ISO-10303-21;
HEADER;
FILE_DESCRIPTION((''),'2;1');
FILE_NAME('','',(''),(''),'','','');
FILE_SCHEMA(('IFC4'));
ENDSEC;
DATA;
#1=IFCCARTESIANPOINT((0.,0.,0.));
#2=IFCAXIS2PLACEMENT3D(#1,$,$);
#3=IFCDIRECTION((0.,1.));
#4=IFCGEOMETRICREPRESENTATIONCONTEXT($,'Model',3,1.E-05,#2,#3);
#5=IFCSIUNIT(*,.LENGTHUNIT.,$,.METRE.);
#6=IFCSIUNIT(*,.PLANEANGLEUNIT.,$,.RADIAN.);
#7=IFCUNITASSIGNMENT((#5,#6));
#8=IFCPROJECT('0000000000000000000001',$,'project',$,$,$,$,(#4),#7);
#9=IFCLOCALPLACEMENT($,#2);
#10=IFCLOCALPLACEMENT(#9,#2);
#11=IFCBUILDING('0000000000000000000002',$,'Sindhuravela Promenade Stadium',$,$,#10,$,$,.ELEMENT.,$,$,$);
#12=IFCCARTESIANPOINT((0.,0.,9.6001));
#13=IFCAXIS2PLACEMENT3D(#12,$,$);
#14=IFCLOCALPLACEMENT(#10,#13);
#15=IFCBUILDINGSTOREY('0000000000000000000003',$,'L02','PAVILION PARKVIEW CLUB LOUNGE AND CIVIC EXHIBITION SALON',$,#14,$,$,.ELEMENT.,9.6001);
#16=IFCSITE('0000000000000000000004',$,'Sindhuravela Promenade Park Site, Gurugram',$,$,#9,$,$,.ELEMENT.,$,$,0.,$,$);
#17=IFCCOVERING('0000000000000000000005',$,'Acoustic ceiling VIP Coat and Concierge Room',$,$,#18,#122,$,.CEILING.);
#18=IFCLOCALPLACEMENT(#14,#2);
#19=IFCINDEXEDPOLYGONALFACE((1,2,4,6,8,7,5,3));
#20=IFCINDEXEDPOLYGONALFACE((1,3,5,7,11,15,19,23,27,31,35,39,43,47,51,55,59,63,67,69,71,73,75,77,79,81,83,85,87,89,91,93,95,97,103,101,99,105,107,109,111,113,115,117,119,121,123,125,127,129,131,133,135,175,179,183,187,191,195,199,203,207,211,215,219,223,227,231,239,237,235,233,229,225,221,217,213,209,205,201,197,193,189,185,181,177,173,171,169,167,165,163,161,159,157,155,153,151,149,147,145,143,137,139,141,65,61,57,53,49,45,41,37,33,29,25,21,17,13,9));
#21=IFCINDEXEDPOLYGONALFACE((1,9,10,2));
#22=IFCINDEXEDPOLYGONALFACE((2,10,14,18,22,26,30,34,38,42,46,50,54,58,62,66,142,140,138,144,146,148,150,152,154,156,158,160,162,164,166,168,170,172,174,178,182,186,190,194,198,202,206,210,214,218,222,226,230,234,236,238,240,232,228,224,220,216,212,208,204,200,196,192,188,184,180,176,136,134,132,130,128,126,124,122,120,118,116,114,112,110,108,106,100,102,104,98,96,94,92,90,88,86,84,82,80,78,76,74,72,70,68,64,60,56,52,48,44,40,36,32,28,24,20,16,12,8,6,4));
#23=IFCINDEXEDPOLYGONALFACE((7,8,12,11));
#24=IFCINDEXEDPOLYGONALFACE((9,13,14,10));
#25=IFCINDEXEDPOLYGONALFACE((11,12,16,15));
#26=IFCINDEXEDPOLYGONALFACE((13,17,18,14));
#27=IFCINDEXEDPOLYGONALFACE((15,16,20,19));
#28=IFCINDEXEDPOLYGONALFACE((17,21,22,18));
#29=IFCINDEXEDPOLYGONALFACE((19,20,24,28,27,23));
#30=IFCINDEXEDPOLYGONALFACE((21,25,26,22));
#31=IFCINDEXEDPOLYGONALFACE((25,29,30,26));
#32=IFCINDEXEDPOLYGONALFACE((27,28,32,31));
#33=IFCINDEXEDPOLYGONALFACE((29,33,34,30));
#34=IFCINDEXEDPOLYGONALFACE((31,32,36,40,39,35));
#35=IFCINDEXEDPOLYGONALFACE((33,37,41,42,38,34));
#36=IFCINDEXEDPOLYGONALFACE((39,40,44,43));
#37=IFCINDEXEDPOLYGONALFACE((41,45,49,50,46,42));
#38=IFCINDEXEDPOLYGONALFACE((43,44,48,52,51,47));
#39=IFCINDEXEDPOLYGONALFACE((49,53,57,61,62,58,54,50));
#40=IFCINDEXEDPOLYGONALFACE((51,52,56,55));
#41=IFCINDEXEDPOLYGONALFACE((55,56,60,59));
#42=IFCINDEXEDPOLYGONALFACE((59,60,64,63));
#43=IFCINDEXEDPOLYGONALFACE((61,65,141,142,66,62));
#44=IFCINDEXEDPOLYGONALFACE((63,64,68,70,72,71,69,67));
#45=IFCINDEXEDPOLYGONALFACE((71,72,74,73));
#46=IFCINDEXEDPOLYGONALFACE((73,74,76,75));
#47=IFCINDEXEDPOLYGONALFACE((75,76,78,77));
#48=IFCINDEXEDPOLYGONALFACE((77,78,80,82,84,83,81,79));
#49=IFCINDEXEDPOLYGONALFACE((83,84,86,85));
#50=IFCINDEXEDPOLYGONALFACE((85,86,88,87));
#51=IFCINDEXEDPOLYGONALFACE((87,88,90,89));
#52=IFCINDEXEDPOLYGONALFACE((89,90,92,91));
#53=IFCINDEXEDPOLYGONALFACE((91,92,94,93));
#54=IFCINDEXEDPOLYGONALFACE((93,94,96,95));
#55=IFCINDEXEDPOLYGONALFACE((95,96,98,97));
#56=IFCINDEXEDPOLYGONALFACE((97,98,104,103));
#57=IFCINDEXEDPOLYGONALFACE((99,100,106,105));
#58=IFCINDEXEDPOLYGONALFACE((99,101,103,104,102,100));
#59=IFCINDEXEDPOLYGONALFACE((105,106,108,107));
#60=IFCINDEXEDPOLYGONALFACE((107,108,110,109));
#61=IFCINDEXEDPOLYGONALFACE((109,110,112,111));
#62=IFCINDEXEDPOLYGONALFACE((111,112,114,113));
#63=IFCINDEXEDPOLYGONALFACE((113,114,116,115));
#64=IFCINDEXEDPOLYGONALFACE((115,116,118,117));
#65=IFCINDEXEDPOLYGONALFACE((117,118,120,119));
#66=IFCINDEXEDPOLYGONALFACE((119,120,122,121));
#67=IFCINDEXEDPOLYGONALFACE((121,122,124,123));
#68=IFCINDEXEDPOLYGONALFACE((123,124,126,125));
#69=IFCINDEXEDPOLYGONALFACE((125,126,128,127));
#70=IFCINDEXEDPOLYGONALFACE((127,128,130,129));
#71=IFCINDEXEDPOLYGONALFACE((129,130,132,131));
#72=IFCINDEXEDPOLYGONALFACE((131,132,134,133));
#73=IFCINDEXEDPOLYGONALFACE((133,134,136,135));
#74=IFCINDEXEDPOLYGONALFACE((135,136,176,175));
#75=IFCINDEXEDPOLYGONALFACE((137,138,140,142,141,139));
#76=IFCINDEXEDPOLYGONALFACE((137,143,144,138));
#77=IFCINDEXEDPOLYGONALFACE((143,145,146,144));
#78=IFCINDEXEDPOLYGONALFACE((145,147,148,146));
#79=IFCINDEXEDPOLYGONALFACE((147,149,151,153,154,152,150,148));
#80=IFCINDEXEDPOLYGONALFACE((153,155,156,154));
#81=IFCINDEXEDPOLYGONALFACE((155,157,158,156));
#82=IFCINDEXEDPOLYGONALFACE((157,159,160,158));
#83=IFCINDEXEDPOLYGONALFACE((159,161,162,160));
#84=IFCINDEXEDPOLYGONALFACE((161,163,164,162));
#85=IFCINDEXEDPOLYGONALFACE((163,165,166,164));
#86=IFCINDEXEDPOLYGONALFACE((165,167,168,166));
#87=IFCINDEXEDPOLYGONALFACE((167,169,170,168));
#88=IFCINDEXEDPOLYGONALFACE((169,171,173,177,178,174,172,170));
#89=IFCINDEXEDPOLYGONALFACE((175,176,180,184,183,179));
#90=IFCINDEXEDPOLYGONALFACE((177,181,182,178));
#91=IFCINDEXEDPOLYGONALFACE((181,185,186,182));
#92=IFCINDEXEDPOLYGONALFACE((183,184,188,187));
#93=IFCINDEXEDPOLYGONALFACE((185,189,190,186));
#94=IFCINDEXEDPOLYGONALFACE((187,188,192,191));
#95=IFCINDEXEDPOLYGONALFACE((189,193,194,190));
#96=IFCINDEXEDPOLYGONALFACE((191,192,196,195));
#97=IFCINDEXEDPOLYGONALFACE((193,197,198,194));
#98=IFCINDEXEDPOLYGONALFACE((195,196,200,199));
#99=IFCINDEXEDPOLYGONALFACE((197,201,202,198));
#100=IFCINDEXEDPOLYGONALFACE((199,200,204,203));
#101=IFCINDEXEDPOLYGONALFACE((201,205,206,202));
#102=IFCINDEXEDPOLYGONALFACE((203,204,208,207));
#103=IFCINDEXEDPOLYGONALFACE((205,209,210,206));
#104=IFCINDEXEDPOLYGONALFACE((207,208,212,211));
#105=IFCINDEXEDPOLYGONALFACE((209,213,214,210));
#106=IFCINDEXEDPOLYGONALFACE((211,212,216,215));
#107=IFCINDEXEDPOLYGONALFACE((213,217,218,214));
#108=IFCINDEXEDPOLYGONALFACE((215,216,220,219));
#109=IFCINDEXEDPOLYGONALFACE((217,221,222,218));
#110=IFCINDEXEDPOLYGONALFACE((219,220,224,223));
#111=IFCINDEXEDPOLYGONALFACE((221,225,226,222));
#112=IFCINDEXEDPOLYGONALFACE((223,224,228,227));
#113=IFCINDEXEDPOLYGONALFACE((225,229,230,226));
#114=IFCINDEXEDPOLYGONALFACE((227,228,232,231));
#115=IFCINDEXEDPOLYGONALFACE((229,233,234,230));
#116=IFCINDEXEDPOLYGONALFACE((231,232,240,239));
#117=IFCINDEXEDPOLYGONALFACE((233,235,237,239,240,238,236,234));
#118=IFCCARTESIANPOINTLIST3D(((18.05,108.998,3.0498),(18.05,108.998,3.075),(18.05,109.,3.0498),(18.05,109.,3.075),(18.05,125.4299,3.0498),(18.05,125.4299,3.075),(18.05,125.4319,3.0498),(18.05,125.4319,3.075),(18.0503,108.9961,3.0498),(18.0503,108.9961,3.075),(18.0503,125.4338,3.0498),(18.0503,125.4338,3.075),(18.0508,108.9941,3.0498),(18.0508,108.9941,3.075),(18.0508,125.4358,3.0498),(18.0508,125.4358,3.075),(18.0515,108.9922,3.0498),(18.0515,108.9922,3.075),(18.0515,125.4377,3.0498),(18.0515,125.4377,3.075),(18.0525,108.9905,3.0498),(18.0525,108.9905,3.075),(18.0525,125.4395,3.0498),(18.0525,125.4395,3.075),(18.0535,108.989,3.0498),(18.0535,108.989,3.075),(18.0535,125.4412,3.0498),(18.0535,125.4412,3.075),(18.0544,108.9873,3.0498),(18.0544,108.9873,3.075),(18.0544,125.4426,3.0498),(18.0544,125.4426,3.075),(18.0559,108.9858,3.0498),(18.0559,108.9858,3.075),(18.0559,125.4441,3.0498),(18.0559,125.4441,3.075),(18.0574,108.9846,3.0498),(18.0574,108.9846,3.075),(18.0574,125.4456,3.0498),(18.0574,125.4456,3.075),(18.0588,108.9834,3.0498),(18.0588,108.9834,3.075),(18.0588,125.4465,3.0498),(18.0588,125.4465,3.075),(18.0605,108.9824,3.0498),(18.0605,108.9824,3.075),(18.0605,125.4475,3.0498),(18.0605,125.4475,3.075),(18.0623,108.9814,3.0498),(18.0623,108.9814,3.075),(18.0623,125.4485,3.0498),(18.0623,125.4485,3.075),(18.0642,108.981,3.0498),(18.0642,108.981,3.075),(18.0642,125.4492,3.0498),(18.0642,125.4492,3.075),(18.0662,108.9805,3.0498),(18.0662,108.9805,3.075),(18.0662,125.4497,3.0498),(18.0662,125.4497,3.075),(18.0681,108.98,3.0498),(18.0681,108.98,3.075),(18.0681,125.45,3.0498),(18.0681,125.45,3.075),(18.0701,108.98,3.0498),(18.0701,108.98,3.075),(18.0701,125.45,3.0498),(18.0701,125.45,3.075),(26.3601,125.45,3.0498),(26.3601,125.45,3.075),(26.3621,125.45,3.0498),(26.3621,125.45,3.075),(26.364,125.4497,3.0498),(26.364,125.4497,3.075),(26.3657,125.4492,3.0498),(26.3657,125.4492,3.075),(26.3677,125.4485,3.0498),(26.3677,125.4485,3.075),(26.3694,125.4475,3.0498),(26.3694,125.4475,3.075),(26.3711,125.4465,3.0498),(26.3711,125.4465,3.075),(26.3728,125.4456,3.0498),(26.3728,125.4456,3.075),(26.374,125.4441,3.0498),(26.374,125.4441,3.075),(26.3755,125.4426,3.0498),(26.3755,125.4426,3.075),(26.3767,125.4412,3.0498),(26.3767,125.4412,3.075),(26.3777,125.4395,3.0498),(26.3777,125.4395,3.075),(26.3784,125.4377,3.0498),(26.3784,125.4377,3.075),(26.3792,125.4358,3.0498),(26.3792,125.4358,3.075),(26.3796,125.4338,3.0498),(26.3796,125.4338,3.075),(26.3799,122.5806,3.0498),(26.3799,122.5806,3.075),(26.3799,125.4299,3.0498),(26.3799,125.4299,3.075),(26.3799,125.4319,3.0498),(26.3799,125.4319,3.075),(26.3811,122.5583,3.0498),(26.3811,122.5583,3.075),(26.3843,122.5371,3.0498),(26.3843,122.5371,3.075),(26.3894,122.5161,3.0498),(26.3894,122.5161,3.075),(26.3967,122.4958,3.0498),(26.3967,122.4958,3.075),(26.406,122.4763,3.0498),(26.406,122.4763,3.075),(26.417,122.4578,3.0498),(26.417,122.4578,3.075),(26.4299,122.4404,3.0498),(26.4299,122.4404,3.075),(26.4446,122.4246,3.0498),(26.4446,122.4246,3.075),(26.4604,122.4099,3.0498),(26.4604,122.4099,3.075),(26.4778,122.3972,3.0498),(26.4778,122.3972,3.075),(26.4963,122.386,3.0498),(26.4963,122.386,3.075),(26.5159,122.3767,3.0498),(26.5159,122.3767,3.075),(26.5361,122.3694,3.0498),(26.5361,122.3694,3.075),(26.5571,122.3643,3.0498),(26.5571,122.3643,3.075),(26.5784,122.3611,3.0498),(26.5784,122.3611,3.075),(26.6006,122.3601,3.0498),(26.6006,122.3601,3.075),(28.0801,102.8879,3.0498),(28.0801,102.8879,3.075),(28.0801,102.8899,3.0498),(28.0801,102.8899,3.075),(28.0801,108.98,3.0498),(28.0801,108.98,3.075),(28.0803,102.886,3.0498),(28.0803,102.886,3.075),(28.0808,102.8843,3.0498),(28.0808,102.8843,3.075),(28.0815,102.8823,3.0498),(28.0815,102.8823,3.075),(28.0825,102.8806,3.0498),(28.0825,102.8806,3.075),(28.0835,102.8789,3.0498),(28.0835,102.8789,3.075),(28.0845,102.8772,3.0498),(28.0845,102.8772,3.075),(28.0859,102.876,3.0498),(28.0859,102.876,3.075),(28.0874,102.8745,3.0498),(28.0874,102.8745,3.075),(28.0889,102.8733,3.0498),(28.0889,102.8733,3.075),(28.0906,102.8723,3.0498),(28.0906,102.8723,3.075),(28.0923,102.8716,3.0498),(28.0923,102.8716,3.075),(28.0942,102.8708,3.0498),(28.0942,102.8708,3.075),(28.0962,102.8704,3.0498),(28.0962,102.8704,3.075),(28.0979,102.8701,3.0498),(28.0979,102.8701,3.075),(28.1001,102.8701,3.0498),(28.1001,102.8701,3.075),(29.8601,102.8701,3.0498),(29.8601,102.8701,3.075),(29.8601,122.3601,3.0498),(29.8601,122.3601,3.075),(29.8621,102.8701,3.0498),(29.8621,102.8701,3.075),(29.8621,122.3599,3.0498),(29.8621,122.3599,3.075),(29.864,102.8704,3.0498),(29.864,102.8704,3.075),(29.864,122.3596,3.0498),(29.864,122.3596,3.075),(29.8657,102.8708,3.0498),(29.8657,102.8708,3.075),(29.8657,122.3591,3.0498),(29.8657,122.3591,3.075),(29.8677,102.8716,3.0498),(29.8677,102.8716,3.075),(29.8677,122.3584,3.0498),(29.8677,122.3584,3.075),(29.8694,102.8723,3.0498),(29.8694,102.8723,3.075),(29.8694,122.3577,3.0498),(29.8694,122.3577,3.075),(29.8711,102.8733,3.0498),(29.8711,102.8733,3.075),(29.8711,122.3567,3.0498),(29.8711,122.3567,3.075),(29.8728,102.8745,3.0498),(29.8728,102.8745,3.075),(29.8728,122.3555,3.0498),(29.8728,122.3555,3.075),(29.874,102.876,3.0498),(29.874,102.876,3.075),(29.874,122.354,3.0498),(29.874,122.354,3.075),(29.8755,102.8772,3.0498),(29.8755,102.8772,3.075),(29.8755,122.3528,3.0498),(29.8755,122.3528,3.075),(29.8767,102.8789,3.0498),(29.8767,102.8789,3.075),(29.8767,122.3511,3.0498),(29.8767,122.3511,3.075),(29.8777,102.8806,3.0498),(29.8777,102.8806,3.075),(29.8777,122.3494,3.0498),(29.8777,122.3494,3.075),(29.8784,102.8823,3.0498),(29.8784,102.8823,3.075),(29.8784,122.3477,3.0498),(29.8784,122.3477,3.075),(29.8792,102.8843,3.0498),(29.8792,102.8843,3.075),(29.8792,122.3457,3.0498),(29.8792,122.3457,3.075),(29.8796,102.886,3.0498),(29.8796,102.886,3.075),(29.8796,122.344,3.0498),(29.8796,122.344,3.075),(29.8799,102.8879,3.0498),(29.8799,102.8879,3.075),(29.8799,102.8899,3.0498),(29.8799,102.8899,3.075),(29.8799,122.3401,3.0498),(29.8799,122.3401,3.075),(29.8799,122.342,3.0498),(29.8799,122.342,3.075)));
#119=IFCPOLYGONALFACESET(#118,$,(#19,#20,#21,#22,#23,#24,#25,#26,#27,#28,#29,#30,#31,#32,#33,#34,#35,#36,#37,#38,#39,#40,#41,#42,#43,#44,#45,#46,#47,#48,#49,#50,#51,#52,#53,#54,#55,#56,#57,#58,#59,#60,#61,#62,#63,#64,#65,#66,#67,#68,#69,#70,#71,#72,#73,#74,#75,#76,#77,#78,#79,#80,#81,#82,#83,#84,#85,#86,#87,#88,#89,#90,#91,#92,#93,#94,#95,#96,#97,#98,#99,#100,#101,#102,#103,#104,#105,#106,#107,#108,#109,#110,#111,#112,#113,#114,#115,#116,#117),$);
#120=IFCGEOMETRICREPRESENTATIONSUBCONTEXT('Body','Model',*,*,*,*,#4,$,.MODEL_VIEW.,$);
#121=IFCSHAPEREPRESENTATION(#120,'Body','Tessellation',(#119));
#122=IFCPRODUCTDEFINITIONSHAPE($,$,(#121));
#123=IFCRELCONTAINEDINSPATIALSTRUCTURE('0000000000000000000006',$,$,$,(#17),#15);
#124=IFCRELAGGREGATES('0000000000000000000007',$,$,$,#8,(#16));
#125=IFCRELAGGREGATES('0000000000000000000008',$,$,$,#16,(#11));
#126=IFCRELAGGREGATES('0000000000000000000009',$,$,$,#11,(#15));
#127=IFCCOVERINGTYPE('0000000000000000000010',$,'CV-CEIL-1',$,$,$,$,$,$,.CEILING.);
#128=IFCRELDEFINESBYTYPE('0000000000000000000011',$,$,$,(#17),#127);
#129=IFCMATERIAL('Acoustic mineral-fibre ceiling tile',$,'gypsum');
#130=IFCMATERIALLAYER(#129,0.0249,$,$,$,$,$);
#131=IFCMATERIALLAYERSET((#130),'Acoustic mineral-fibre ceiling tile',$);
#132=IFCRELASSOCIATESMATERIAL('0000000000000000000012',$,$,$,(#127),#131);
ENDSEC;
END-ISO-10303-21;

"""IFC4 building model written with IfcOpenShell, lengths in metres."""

from ifc_helpers import new_model, si_unit, direction, frame, origin, place, context, subcontext, project, spatial, polyline, outline, extrude, material, layer, layer_set, type_object, element, save


model = new_model("IFC4")

# Units and contexts
model_context = context("Model", 3, precision=1e-05, world=origin(), true_north=direction((0.0, 1.0)))
body_context = subcontext(model_context, "Body", "Model", "MODEL_VIEW")
ifc_project = project(units=[si_unit("LENGTHUNIT", "METRE"), si_unit("PLANEANGLEUNIT", "RADIAN")], contexts=[model_context])

# Site, building, storey
site_placement = place(None, origin())
site = spatial("IfcSite", under=ifc_project, at=site_placement, Name="Sindhuravela Promenade Park Site, Gurugram", CompositionType="ELEMENT", RefElevation=0.0)
building_placement = place(site_placement, origin())
building = spatial("IfcBuilding", under=site, at=building_placement, Name="Sindhuravela Promenade Stadium", CompositionType="ELEMENT")
storey_placement = place(building_placement, frame((0.0, 0.0, 9.6001)))
storey = spatial("IfcBuildingStorey", under=building, at=storey_placement, Name="L02", Description="PAVILION PARKVIEW CLUB LOUNGE AND CIVIC EXHIBITION SALON", CompositionType="ELEMENT", Elevation=9.6001)

# Covering
ifc_material_1 = material(Name="Acoustic mineral-fibre ceiling tile", Category="gypsum")
ifc_layer_1 = layer(ifc_material_1, 0.0249)
ifc_layer_set_1 = layer_set([ifc_layer_1], Name="Acoustic mineral-fibre ceiling tile")
covering_type_1 = type_object("IfcCoveringType", Name="CV-CEIL-1", PredefinedType="CEILING", material=ifc_layer_set_1)
covering_1_placement = place(storey_placement, frame((0.0, 0.0, 3.0498)))
element("IfcCovering", 1, at=covering_1_placement, inside=storey, type_object=covering_type_1, Name="Acoustic ceiling VIP Coat and Concierge Room", PredefinedType="CEILING", context=body_context, shape_type="SweptSolid", body=[
    extrude(outline(polyline([(26.3799, 122.5806), (26.3811, 122.5583), (26.3843, 122.5371), (26.3894, 122.5161), (26.3967, 122.4958), (26.406, 122.4763), (26.417, 122.4578), (26.4299, 122.4404), (26.4446, 122.4246), (26.4604, 122.4099), (26.4778, 122.3972), (26.4963, 122.386), (26.5159, 122.3767), (26.5361, 122.3694), (26.5571, 122.3643), (26.5784, 122.3611), (26.6006, 122.3601), (29.8601, 122.3601), (29.8621, 122.3599), (29.864, 122.3596), (29.8657, 122.3591), (29.8677, 122.3584), (29.8694, 122.3577), (29.8711, 122.3567), (29.8728, 122.3555), (29.874, 122.354), (29.8755, 122.3528), (29.8767, 122.3511), (29.8777, 122.3494), (29.8784, 122.3477), (29.8792, 122.3457), (29.8796, 122.344), (29.8799, 122.342), (29.8799, 122.3401), (29.8799, 102.8899), (29.8799, 102.8879), (29.8796, 102.886), (29.8792, 102.8843), (29.8784, 102.8823), (29.8777, 102.8806), (29.8767, 102.8789), (29.8755, 102.8772), (29.874, 102.876), (29.8728, 102.8745), (29.8711, 102.8733), (29.8694, 102.8723), (29.8677, 102.8716), (29.8657, 102.8708), (29.864, 102.8704), (29.8621, 102.8701), (29.8601, 102.8701), (28.1001, 102.8701), (28.0979, 102.8701), (28.0962, 102.8704), (28.0942, 102.8708), (28.0923, 102.8716), (28.0906, 102.8723), (28.0889, 102.8733), (28.0874, 102.8745), (28.0859, 102.876), (28.0845, 102.8772), (28.0835, 102.8789), (28.0825, 102.8806), (28.0815, 102.8823), (28.0808, 102.8843), (28.0803, 102.886), (28.0801, 102.8879), (28.0801, 102.8899), (28.0801, 108.98), (18.0701, 108.98), (18.0681, 108.98), (18.0662, 108.9805), (18.0642, 108.981), (18.0623, 108.9814), (18.0605, 108.9824), (18.0588, 108.9834), (18.0574, 108.9846), (18.0559, 108.9858), (18.0544, 108.9873), (18.0535, 108.989), (18.0525, 108.9905), (18.0515, 108.9922), (18.0508, 108.9941), (18.0503, 108.9961), (18.05, 108.998), (18.05, 109.0), (18.05, 125.4299), (18.05, 125.4319), (18.0503, 125.4338), (18.0508, 125.4358), (18.0515, 125.4377), (18.0525, 125.4395), (18.0535, 125.4412), (18.0544, 125.4426), (18.0559, 125.4441), (18.0574, 125.4456), (18.0588, 125.4465), (18.0605, 125.4475), (18.0623, 125.4485), (18.0642, 125.4492), (18.0662, 125.4497), (18.0681, 125.45), (18.0701, 125.45), (26.3601, 125.45), (26.3621, 125.45), (26.364, 125.4497), (26.3657, 125.4492), (26.3677, 125.4485), (26.3694, 125.4475), (26.3711, 125.4465), (26.3728, 125.4456), (26.374, 125.4441), (26.3755, 125.4426), (26.3767, 125.4412), (26.3777, 125.4395), (26.3784, 125.4377), (26.3792, 125.4358), (26.3796, 125.4338), (26.3799, 125.4319), (26.3799, 125.4299), (26.3799, 122.5806)])), origin(), (0.0, 0.0, 1.0), 0.0251),
])

save(model, "model.ifc")
